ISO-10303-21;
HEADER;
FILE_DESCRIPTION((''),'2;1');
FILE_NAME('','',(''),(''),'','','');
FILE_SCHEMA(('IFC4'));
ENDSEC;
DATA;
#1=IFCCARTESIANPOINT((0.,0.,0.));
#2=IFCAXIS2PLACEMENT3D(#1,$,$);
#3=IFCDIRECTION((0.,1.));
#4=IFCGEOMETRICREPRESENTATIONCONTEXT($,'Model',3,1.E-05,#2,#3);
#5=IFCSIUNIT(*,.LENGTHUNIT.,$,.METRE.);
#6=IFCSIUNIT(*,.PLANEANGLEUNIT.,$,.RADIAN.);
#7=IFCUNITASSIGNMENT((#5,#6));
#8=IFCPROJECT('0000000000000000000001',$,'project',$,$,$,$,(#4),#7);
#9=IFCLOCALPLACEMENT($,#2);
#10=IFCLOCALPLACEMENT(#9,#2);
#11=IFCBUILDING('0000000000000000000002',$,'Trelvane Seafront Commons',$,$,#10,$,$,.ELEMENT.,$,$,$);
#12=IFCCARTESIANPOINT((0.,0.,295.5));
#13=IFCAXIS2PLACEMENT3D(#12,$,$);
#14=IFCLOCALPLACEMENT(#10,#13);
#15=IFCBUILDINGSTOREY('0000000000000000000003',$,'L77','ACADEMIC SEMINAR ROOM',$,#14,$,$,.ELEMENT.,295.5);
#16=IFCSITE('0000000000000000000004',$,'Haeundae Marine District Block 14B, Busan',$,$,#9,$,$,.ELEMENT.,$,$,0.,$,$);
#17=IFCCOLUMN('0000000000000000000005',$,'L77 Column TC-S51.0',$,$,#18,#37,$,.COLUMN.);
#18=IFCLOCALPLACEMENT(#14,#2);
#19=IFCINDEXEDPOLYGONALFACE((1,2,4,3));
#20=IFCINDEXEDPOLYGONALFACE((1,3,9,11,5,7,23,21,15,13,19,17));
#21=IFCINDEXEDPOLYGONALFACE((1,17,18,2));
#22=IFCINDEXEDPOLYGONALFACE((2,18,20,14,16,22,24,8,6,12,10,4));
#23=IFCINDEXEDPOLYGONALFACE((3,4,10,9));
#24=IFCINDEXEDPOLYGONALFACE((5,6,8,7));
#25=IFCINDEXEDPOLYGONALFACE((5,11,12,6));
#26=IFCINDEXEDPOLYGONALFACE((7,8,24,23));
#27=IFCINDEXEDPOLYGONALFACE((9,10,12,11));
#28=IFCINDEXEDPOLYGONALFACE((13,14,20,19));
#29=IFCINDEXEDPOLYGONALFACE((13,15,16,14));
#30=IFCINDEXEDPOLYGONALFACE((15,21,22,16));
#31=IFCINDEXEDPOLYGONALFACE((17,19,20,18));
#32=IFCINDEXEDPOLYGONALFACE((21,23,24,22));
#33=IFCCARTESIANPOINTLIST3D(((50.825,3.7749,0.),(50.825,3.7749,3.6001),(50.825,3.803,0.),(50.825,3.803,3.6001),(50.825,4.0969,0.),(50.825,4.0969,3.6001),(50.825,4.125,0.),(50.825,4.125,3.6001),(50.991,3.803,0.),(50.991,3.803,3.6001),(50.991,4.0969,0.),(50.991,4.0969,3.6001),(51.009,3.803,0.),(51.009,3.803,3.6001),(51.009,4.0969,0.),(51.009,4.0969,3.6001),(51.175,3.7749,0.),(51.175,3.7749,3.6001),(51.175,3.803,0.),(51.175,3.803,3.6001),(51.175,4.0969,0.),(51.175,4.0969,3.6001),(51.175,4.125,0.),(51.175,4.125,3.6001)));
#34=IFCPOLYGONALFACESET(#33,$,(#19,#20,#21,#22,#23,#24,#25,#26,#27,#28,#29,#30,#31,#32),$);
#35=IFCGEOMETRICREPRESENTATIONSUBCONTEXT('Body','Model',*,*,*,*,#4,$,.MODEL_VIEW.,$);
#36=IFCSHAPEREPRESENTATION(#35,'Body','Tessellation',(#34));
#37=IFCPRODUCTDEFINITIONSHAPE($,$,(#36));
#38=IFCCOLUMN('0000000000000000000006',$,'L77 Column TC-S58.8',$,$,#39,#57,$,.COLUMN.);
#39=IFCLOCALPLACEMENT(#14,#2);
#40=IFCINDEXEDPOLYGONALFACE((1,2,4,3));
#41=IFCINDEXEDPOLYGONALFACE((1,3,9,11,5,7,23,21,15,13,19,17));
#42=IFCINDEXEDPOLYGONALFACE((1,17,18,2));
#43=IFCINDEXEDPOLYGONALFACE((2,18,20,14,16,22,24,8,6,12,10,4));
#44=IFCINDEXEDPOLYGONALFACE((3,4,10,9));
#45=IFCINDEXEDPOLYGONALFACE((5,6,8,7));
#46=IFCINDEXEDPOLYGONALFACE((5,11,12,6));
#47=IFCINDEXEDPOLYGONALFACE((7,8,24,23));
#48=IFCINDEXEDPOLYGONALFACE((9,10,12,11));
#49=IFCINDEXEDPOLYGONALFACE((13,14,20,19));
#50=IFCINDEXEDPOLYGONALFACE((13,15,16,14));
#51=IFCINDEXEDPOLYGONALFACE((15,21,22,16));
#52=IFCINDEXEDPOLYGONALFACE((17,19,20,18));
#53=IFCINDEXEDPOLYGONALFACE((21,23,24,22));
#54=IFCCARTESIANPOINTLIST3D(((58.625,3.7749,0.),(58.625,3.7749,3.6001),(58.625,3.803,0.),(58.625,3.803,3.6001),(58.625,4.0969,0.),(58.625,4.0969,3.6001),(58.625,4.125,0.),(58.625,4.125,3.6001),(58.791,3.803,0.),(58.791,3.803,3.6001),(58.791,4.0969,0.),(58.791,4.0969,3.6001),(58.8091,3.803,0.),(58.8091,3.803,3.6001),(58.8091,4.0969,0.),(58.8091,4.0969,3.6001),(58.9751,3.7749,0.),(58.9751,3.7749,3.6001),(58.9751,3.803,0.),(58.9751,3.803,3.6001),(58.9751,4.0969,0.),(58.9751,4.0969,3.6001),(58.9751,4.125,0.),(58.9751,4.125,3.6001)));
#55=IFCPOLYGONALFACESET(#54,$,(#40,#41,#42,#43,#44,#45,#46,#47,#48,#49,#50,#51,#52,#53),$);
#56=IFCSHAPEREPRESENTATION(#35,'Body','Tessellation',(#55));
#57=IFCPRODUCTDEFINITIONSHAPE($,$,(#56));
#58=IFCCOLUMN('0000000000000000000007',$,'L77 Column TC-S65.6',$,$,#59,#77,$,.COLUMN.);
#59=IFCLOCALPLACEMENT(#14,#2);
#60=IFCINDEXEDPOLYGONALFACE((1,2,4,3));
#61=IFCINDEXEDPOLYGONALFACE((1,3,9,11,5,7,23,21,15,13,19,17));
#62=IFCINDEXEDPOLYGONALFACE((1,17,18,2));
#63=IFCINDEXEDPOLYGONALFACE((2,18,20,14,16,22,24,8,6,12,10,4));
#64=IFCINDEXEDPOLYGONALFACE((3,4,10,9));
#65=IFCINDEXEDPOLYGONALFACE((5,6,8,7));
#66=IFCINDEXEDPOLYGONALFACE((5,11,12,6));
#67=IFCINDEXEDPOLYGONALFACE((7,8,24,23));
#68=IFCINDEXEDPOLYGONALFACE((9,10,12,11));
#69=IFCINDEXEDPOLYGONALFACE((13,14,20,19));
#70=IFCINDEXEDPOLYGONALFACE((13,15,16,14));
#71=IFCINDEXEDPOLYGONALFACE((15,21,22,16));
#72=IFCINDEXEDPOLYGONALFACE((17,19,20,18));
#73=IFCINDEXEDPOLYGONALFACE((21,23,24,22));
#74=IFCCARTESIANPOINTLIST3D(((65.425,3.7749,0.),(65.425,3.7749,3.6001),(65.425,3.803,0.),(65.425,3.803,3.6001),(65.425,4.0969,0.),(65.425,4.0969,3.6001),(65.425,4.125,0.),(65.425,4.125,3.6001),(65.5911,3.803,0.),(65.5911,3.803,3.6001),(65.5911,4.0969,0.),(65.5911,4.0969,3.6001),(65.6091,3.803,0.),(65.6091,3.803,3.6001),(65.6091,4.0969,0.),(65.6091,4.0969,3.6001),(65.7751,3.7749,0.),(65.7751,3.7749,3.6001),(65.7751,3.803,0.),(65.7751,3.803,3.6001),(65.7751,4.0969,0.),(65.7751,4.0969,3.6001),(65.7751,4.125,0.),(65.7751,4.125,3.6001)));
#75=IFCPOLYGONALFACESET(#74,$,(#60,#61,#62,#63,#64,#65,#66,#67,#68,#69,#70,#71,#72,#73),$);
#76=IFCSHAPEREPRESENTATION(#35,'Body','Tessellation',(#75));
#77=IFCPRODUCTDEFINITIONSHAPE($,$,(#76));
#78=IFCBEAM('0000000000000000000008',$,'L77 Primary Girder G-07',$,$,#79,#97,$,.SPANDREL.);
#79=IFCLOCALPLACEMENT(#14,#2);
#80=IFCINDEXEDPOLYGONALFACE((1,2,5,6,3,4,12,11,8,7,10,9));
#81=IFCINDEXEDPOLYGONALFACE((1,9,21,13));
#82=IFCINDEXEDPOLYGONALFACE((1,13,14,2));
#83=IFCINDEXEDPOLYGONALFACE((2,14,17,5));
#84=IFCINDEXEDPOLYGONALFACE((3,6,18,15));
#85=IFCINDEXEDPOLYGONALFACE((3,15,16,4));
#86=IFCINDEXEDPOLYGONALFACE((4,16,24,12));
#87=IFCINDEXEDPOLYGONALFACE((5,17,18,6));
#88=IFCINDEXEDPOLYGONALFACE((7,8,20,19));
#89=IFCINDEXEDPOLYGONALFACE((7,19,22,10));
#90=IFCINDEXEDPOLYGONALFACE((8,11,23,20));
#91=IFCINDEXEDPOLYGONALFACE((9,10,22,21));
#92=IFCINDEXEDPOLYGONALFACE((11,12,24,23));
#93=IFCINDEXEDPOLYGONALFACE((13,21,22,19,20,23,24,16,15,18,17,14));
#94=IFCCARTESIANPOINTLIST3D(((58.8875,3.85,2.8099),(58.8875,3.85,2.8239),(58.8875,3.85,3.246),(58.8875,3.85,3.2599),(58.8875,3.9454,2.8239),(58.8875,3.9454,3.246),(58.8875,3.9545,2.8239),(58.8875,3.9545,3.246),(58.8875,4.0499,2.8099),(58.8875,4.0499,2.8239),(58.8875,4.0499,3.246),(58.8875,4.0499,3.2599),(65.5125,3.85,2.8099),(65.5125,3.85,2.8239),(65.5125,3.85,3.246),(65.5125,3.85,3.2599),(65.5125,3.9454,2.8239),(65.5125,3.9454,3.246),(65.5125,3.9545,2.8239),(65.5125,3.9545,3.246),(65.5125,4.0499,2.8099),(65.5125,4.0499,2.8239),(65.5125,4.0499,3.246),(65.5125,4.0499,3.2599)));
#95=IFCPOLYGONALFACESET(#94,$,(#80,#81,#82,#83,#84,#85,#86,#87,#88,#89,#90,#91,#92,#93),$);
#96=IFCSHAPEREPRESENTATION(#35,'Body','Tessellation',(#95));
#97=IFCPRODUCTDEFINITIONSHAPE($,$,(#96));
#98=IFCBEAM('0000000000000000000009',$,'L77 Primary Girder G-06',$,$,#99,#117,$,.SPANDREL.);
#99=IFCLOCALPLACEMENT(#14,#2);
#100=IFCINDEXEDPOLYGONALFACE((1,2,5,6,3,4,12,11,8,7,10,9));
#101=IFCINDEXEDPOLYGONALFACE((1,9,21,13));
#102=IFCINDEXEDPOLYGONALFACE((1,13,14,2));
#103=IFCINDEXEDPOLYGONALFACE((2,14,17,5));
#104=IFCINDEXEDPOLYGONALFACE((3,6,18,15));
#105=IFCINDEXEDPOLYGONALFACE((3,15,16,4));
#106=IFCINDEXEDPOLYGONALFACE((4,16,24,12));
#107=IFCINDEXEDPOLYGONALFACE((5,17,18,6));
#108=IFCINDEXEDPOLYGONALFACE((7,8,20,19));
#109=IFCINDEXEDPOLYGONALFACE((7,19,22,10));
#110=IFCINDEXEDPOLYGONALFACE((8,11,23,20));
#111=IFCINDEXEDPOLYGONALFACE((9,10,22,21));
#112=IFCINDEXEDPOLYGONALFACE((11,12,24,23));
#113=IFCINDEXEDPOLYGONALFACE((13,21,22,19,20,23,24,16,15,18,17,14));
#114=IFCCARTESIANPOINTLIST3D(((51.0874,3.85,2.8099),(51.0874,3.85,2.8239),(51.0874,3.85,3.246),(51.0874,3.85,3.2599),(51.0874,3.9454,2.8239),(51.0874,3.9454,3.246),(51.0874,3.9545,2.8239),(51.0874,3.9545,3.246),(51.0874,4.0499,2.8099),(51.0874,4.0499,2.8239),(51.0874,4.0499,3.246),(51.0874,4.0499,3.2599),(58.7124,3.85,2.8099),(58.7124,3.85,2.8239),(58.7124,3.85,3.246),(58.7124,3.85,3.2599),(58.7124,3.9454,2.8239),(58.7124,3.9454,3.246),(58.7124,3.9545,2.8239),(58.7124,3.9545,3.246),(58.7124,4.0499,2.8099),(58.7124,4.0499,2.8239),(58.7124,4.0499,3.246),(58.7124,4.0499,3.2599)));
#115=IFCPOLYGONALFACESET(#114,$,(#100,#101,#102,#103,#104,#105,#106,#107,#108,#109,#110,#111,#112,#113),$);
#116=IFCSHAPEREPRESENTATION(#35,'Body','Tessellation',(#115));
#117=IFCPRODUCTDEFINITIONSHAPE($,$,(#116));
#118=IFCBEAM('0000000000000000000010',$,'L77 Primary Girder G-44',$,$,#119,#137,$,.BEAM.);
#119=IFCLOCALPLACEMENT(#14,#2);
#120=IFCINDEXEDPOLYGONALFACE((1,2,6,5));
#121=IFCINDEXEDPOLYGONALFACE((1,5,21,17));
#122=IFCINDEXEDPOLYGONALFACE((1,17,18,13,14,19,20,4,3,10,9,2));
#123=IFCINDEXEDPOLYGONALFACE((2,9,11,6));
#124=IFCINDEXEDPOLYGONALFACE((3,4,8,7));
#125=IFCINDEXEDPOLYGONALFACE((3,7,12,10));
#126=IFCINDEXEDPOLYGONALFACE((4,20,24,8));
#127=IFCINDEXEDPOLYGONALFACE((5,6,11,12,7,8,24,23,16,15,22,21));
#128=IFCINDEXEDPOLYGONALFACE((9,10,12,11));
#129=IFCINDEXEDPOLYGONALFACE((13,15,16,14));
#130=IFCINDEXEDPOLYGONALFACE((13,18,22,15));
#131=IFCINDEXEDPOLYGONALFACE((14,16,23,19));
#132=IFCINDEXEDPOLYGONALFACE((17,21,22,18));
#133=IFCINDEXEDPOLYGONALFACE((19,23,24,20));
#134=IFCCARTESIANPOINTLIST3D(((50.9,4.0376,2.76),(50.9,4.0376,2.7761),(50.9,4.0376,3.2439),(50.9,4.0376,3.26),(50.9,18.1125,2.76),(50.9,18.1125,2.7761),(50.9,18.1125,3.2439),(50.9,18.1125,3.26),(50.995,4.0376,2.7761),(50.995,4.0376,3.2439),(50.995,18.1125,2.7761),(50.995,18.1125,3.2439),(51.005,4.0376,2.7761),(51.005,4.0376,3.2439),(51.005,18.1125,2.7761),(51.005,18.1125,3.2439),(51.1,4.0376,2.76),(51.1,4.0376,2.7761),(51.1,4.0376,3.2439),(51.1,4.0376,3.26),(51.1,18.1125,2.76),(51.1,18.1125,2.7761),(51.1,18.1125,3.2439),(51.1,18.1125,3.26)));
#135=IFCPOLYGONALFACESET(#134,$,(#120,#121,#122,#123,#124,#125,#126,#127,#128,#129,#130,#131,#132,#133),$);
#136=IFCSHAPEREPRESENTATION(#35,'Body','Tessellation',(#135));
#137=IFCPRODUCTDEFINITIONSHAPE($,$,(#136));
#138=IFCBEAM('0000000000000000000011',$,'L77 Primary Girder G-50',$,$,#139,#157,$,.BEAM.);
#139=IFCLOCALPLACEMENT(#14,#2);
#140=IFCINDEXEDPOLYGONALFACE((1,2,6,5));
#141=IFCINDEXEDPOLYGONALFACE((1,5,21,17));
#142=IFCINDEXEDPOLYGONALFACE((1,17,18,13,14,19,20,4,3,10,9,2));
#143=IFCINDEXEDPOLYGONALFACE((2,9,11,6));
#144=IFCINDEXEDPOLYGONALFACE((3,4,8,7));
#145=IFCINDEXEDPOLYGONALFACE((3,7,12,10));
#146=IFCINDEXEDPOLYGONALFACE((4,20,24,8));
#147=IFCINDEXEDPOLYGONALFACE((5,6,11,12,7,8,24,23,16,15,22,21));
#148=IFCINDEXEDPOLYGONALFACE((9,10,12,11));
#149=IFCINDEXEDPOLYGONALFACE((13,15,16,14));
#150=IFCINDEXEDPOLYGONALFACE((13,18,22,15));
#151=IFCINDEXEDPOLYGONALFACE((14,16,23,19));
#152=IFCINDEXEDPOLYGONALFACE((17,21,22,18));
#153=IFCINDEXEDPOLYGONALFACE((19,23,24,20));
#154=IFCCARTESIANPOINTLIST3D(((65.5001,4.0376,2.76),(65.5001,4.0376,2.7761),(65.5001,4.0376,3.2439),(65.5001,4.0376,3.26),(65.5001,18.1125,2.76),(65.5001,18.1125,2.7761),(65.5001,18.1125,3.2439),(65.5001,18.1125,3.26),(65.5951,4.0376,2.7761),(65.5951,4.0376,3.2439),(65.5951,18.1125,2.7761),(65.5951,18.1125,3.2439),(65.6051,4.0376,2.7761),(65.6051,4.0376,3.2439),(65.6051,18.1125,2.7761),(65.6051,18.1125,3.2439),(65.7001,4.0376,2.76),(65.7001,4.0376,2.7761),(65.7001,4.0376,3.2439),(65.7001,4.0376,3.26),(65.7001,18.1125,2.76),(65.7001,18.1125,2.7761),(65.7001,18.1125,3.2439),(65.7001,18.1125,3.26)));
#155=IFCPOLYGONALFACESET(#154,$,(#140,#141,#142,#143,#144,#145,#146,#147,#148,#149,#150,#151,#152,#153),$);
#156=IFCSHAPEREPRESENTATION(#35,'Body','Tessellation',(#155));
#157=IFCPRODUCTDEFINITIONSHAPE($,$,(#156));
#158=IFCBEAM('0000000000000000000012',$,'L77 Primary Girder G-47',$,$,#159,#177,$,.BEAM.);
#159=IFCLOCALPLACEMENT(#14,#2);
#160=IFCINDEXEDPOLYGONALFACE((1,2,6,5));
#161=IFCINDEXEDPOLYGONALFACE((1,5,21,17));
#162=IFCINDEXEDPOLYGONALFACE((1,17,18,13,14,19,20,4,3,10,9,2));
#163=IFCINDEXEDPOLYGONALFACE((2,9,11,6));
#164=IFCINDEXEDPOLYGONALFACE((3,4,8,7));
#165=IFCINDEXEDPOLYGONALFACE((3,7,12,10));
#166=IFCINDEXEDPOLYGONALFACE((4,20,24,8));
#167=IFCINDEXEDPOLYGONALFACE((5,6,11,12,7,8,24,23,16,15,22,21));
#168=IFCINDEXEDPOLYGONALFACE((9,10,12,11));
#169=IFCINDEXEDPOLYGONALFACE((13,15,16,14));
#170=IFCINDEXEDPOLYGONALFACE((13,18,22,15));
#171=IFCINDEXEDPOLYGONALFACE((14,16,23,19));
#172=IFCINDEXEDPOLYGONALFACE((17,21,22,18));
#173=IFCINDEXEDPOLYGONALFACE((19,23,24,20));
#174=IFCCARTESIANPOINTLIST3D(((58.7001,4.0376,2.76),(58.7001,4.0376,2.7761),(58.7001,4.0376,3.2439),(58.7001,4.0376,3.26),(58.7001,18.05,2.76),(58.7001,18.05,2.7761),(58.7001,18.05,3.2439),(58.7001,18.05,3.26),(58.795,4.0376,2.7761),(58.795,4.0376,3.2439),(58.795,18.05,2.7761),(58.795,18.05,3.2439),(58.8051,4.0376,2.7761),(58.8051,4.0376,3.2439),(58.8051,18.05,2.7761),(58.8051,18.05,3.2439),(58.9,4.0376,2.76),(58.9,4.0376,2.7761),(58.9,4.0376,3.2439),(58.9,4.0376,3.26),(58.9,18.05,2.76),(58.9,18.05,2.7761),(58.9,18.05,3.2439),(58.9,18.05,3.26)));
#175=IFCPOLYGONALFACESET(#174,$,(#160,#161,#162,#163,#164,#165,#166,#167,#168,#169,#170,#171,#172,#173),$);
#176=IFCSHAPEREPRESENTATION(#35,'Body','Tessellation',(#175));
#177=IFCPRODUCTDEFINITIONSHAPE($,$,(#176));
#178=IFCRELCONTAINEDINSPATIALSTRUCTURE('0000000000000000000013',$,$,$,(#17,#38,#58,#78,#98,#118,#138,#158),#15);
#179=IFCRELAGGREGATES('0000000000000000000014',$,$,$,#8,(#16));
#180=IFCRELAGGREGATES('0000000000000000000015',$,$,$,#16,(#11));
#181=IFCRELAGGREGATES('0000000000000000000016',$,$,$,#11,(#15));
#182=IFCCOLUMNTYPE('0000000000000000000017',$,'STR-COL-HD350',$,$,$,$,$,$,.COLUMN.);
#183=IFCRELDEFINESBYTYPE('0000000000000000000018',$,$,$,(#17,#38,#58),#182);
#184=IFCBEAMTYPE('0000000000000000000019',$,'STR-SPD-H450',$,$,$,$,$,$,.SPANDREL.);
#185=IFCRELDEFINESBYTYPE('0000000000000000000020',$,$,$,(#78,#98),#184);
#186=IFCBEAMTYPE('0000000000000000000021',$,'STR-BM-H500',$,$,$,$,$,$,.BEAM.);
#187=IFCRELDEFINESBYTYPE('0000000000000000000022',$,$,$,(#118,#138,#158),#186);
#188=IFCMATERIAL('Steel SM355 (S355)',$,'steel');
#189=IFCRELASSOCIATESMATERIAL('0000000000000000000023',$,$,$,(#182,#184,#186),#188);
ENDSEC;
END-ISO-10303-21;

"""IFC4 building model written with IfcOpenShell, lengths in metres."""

from ifc_helpers import new_model, si_unit, direction, frame, origin, origin_2d, place, context, subcontext, project, spatial, i_section, extrude, source, transform, mapped, material, material_profile, profile_set, type_object, element, save


model = new_model("IFC4")

# Units and contexts
model_context = context("Model", 3, precision=1e-05, world=origin(), true_north=direction((0.0, 1.0)))
body_context = subcontext(model_context, "Body", "Model", "MODEL_VIEW")
ifc_project = project(units=[si_unit("LENGTHUNIT", "METRE"), si_unit("PLANEANGLEUNIT", "RADIAN")], contexts=[model_context])

# Site, building, storey
site_placement = place(None, origin())
site = spatial("IfcSite", under=ifc_project, at=site_placement, Name="Haeundae Marine District Block 14B, Busan", CompositionType="ELEMENT", RefElevation=0.0)
building_placement = place(site_placement, origin())
building = spatial("IfcBuilding", under=site, at=building_placement, Name="Trelvane Seafront Commons", CompositionType="ELEMENT")
storey_placement = place(building_placement, frame((0.0, 0.0, 295.5)))
storey = spatial("IfcBuildingStorey", under=building, at=storey_placement, Name="L77", Description="ACADEMIC SEMINAR ROOM", CompositionType="ELEMENT", Elevation=295.5)

# Columns
ifc_material_1 = material(Name="Steel SM355 (S355)", Category="steel")
ifc_material_profile_1 = material_profile(ifc_material_1, i_section(OverallWidth=0.3501, OverallDepth=0.3501, WebThickness=0.0181, FlangeThickness=0.0281, at=origin_2d()), Name="HD-350x350x18x28")
ifc_profile_set_1 = profile_set([ifc_material_profile_1], Name="Steel SM355 (S355)")
column_type = type_object("IfcColumnType", Name="STR-COL-HD350", PredefinedType="COLUMN", material=ifc_profile_set_1)
shared_shape_1 = source(origin(), body_context, "Body", "SweptSolid", [
    extrude(i_section(OverallWidth=0.3501, OverallDepth=0.3501, WebThickness=0.0181, FlangeThickness=0.0281, at=origin_2d()), origin(), (0.0, 0.0, 1.0), 3.6001),
])
for number, where, z_axis, x_axis, name in (
    (1, (51.0, 3.95, 0.0), (0.0, 0.0, 1.0), (1.0, 0.0, 0.0), "L77 Column TC-S51.0"),
    (2, (58.8, 3.95, 0.0), (0.0, 0.0, 1.0), (1.0, 0.0, 0.0), "L77 Column TC-S58.8"),
    (3, (65.6001, 3.95, 0.0), (0.0, 0.0, 1.0), (1.0, 0.0, 0.0), "L77 Column TC-S65.6"),
):
    element("IfcColumn", number, at=place(storey_placement, frame(where, z_axis=z_axis, x_axis=x_axis)), inside=storey, type_object=column_type, Name=name, PredefinedType="COLUMN", context=body_context, shape_type="MappedRepresentation", body=[
        mapped(shared_shape_1, transform((0.0, 0.0, 0.0), x_axis=(1.0, 0.0, 0.0), y_axis=(0.0, 1.0, 0.0), z_axis=(0.0, 0.0, 1.0), scale=1.0)),
    ])

# Beams
ifc_material_profile_2 = material_profile(ifc_material_1, i_section(OverallWidth=0.2, OverallDepth=0.45, WebThickness=0.009, FlangeThickness=0.0139, at=origin_2d()), Name="H-450x200x9x14")
ifc_profile_set_2 = profile_set([ifc_material_profile_2], Name="Steel SM355 (S355)")
beam_type_1 = type_object("IfcBeamType", Name="STR-SPD-H450", PredefinedType="SPANDREL", material=ifc_profile_set_2)
shared_shape_2 = source(origin(), body_context, "Body", "SweptSolid", [
    extrude(i_section(OverallWidth=0.2, OverallDepth=0.45, WebThickness=0.009, FlangeThickness=0.0139, at=origin_2d()), origin(), (0.0, 0.0, 1.0), 6.625),
])
beam_1_placement = place(storey_placement, frame((58.8875, 3.95, 3.0349), z_axis=(1.0, 0.0, 0.0), x_axis=(0.0, 1.0, 0.0)))
element("IfcBeam", 4, at=beam_1_placement, inside=storey, type_object=beam_type_1, Name="L77 Primary Girder G-07", PredefinedType="SPANDREL", context=body_context, shape_type="MappedRepresentation", body=[
    mapped(shared_shape_2, transform((0.0, 0.0, 0.0), x_axis=(1.0, 0.0, 0.0), y_axis=(0.0, 1.0, 0.0), z_axis=(0.0, 0.0, 1.0), scale=1.0)),
])
shared_shape_3 = source(origin(), body_context, "Body", "SweptSolid", [
    extrude(i_section(OverallWidth=0.2, OverallDepth=0.45, WebThickness=0.009, FlangeThickness=0.0139, at=origin_2d()), origin(), (0.0, 0.0, 1.0), 7.625),
])
beam_2_placement = place(storey_placement, frame((51.0874, 3.95, 3.0349), z_axis=(1.0, 0.0, 0.0), x_axis=(0.0, 1.0, 0.0)))
element("IfcBeam", 5, at=beam_2_placement, inside=storey, type_object=beam_type_1, Name="L77 Primary Girder G-06", PredefinedType="SPANDREL", context=body_context, shape_type="MappedRepresentation", body=[
    mapped(shared_shape_3, transform((0.0, 0.0, 0.0), x_axis=(1.0, 0.0, 0.0), y_axis=(0.0, 1.0, 0.0), z_axis=(0.0, 0.0, 1.0), scale=1.0)),
])
ifc_material_profile_3 = material_profile(ifc_material_1, i_section(OverallWidth=0.2, OverallDepth=0.5, WebThickness=0.01, FlangeThickness=0.0161, at=origin_2d()), Name="H-500x200x10x16")
ifc_profile_set_3 = profile_set([ifc_material_profile_3], Name="Steel SM355 (S355)")
beam_type_2 = type_object("IfcBeamType", Name="STR-BM-H500", PredefinedType="BEAM", material=ifc_profile_set_3)
shared_shape_4 = source(origin(), body_context, "Body", "SweptSolid", [
    extrude(i_section(OverallWidth=0.2, OverallDepth=0.5, WebThickness=0.01, FlangeThickness=0.0161, at=origin_2d()), origin(), (0.0, 0.0, 1.0), 14.075),
])
for number, where, z_axis, x_axis, name in (
    (6, (51.0, 4.0376, 3.01), (0.0, 1.0, 0.0), (-1.0, 0.0, 0.0), "L77 Primary Girder G-44"),
    (7, (65.6001, 4.0376, 3.01), (0.0, 1.0, 0.0), (-1.0, 0.0, 0.0), "L77 Primary Girder G-50"),
):
    element("IfcBeam", number, at=place(storey_placement, frame(where, z_axis=z_axis, x_axis=x_axis)), inside=storey, type_object=beam_type_2, Name=name, PredefinedType="BEAM", context=body_context, shape_type="MappedRepresentation", body=[
        mapped(shared_shape_4, transform((0.0, 0.0, 0.0), x_axis=(1.0, 0.0, 0.0), y_axis=(0.0, 1.0, 0.0), z_axis=(0.0, 0.0, 1.0), scale=1.0)),
    ])
shared_shape_5 = source(origin(), body_context, "Body", "SweptSolid", [
    extrude(i_section(OverallWidth=0.2, OverallDepth=0.5, WebThickness=0.01, FlangeThickness=0.0161, at=origin_2d()), origin(), (0.0, 0.0, 1.0), 14.0125),
])
beam_3_placement = place(storey_placement, frame((58.8, 4.0376, 3.01), z_axis=(0.0, 1.0, 0.0), x_axis=(-1.0, 0.0, 0.0)))
element("IfcBeam", 8, at=beam_3_placement, inside=storey, type_object=beam_type_2, Name="L77 Primary Girder G-47", PredefinedType="BEAM", context=body_context, shape_type="MappedRepresentation", body=[
    mapped(shared_shape_5, transform((0.0, 0.0, 0.0), x_axis=(1.0, 0.0, 0.0), y_axis=(0.0, 1.0, 0.0), z_axis=(0.0, 0.0, 1.0), scale=1.0)),
])

save(model, "model.ifc")
